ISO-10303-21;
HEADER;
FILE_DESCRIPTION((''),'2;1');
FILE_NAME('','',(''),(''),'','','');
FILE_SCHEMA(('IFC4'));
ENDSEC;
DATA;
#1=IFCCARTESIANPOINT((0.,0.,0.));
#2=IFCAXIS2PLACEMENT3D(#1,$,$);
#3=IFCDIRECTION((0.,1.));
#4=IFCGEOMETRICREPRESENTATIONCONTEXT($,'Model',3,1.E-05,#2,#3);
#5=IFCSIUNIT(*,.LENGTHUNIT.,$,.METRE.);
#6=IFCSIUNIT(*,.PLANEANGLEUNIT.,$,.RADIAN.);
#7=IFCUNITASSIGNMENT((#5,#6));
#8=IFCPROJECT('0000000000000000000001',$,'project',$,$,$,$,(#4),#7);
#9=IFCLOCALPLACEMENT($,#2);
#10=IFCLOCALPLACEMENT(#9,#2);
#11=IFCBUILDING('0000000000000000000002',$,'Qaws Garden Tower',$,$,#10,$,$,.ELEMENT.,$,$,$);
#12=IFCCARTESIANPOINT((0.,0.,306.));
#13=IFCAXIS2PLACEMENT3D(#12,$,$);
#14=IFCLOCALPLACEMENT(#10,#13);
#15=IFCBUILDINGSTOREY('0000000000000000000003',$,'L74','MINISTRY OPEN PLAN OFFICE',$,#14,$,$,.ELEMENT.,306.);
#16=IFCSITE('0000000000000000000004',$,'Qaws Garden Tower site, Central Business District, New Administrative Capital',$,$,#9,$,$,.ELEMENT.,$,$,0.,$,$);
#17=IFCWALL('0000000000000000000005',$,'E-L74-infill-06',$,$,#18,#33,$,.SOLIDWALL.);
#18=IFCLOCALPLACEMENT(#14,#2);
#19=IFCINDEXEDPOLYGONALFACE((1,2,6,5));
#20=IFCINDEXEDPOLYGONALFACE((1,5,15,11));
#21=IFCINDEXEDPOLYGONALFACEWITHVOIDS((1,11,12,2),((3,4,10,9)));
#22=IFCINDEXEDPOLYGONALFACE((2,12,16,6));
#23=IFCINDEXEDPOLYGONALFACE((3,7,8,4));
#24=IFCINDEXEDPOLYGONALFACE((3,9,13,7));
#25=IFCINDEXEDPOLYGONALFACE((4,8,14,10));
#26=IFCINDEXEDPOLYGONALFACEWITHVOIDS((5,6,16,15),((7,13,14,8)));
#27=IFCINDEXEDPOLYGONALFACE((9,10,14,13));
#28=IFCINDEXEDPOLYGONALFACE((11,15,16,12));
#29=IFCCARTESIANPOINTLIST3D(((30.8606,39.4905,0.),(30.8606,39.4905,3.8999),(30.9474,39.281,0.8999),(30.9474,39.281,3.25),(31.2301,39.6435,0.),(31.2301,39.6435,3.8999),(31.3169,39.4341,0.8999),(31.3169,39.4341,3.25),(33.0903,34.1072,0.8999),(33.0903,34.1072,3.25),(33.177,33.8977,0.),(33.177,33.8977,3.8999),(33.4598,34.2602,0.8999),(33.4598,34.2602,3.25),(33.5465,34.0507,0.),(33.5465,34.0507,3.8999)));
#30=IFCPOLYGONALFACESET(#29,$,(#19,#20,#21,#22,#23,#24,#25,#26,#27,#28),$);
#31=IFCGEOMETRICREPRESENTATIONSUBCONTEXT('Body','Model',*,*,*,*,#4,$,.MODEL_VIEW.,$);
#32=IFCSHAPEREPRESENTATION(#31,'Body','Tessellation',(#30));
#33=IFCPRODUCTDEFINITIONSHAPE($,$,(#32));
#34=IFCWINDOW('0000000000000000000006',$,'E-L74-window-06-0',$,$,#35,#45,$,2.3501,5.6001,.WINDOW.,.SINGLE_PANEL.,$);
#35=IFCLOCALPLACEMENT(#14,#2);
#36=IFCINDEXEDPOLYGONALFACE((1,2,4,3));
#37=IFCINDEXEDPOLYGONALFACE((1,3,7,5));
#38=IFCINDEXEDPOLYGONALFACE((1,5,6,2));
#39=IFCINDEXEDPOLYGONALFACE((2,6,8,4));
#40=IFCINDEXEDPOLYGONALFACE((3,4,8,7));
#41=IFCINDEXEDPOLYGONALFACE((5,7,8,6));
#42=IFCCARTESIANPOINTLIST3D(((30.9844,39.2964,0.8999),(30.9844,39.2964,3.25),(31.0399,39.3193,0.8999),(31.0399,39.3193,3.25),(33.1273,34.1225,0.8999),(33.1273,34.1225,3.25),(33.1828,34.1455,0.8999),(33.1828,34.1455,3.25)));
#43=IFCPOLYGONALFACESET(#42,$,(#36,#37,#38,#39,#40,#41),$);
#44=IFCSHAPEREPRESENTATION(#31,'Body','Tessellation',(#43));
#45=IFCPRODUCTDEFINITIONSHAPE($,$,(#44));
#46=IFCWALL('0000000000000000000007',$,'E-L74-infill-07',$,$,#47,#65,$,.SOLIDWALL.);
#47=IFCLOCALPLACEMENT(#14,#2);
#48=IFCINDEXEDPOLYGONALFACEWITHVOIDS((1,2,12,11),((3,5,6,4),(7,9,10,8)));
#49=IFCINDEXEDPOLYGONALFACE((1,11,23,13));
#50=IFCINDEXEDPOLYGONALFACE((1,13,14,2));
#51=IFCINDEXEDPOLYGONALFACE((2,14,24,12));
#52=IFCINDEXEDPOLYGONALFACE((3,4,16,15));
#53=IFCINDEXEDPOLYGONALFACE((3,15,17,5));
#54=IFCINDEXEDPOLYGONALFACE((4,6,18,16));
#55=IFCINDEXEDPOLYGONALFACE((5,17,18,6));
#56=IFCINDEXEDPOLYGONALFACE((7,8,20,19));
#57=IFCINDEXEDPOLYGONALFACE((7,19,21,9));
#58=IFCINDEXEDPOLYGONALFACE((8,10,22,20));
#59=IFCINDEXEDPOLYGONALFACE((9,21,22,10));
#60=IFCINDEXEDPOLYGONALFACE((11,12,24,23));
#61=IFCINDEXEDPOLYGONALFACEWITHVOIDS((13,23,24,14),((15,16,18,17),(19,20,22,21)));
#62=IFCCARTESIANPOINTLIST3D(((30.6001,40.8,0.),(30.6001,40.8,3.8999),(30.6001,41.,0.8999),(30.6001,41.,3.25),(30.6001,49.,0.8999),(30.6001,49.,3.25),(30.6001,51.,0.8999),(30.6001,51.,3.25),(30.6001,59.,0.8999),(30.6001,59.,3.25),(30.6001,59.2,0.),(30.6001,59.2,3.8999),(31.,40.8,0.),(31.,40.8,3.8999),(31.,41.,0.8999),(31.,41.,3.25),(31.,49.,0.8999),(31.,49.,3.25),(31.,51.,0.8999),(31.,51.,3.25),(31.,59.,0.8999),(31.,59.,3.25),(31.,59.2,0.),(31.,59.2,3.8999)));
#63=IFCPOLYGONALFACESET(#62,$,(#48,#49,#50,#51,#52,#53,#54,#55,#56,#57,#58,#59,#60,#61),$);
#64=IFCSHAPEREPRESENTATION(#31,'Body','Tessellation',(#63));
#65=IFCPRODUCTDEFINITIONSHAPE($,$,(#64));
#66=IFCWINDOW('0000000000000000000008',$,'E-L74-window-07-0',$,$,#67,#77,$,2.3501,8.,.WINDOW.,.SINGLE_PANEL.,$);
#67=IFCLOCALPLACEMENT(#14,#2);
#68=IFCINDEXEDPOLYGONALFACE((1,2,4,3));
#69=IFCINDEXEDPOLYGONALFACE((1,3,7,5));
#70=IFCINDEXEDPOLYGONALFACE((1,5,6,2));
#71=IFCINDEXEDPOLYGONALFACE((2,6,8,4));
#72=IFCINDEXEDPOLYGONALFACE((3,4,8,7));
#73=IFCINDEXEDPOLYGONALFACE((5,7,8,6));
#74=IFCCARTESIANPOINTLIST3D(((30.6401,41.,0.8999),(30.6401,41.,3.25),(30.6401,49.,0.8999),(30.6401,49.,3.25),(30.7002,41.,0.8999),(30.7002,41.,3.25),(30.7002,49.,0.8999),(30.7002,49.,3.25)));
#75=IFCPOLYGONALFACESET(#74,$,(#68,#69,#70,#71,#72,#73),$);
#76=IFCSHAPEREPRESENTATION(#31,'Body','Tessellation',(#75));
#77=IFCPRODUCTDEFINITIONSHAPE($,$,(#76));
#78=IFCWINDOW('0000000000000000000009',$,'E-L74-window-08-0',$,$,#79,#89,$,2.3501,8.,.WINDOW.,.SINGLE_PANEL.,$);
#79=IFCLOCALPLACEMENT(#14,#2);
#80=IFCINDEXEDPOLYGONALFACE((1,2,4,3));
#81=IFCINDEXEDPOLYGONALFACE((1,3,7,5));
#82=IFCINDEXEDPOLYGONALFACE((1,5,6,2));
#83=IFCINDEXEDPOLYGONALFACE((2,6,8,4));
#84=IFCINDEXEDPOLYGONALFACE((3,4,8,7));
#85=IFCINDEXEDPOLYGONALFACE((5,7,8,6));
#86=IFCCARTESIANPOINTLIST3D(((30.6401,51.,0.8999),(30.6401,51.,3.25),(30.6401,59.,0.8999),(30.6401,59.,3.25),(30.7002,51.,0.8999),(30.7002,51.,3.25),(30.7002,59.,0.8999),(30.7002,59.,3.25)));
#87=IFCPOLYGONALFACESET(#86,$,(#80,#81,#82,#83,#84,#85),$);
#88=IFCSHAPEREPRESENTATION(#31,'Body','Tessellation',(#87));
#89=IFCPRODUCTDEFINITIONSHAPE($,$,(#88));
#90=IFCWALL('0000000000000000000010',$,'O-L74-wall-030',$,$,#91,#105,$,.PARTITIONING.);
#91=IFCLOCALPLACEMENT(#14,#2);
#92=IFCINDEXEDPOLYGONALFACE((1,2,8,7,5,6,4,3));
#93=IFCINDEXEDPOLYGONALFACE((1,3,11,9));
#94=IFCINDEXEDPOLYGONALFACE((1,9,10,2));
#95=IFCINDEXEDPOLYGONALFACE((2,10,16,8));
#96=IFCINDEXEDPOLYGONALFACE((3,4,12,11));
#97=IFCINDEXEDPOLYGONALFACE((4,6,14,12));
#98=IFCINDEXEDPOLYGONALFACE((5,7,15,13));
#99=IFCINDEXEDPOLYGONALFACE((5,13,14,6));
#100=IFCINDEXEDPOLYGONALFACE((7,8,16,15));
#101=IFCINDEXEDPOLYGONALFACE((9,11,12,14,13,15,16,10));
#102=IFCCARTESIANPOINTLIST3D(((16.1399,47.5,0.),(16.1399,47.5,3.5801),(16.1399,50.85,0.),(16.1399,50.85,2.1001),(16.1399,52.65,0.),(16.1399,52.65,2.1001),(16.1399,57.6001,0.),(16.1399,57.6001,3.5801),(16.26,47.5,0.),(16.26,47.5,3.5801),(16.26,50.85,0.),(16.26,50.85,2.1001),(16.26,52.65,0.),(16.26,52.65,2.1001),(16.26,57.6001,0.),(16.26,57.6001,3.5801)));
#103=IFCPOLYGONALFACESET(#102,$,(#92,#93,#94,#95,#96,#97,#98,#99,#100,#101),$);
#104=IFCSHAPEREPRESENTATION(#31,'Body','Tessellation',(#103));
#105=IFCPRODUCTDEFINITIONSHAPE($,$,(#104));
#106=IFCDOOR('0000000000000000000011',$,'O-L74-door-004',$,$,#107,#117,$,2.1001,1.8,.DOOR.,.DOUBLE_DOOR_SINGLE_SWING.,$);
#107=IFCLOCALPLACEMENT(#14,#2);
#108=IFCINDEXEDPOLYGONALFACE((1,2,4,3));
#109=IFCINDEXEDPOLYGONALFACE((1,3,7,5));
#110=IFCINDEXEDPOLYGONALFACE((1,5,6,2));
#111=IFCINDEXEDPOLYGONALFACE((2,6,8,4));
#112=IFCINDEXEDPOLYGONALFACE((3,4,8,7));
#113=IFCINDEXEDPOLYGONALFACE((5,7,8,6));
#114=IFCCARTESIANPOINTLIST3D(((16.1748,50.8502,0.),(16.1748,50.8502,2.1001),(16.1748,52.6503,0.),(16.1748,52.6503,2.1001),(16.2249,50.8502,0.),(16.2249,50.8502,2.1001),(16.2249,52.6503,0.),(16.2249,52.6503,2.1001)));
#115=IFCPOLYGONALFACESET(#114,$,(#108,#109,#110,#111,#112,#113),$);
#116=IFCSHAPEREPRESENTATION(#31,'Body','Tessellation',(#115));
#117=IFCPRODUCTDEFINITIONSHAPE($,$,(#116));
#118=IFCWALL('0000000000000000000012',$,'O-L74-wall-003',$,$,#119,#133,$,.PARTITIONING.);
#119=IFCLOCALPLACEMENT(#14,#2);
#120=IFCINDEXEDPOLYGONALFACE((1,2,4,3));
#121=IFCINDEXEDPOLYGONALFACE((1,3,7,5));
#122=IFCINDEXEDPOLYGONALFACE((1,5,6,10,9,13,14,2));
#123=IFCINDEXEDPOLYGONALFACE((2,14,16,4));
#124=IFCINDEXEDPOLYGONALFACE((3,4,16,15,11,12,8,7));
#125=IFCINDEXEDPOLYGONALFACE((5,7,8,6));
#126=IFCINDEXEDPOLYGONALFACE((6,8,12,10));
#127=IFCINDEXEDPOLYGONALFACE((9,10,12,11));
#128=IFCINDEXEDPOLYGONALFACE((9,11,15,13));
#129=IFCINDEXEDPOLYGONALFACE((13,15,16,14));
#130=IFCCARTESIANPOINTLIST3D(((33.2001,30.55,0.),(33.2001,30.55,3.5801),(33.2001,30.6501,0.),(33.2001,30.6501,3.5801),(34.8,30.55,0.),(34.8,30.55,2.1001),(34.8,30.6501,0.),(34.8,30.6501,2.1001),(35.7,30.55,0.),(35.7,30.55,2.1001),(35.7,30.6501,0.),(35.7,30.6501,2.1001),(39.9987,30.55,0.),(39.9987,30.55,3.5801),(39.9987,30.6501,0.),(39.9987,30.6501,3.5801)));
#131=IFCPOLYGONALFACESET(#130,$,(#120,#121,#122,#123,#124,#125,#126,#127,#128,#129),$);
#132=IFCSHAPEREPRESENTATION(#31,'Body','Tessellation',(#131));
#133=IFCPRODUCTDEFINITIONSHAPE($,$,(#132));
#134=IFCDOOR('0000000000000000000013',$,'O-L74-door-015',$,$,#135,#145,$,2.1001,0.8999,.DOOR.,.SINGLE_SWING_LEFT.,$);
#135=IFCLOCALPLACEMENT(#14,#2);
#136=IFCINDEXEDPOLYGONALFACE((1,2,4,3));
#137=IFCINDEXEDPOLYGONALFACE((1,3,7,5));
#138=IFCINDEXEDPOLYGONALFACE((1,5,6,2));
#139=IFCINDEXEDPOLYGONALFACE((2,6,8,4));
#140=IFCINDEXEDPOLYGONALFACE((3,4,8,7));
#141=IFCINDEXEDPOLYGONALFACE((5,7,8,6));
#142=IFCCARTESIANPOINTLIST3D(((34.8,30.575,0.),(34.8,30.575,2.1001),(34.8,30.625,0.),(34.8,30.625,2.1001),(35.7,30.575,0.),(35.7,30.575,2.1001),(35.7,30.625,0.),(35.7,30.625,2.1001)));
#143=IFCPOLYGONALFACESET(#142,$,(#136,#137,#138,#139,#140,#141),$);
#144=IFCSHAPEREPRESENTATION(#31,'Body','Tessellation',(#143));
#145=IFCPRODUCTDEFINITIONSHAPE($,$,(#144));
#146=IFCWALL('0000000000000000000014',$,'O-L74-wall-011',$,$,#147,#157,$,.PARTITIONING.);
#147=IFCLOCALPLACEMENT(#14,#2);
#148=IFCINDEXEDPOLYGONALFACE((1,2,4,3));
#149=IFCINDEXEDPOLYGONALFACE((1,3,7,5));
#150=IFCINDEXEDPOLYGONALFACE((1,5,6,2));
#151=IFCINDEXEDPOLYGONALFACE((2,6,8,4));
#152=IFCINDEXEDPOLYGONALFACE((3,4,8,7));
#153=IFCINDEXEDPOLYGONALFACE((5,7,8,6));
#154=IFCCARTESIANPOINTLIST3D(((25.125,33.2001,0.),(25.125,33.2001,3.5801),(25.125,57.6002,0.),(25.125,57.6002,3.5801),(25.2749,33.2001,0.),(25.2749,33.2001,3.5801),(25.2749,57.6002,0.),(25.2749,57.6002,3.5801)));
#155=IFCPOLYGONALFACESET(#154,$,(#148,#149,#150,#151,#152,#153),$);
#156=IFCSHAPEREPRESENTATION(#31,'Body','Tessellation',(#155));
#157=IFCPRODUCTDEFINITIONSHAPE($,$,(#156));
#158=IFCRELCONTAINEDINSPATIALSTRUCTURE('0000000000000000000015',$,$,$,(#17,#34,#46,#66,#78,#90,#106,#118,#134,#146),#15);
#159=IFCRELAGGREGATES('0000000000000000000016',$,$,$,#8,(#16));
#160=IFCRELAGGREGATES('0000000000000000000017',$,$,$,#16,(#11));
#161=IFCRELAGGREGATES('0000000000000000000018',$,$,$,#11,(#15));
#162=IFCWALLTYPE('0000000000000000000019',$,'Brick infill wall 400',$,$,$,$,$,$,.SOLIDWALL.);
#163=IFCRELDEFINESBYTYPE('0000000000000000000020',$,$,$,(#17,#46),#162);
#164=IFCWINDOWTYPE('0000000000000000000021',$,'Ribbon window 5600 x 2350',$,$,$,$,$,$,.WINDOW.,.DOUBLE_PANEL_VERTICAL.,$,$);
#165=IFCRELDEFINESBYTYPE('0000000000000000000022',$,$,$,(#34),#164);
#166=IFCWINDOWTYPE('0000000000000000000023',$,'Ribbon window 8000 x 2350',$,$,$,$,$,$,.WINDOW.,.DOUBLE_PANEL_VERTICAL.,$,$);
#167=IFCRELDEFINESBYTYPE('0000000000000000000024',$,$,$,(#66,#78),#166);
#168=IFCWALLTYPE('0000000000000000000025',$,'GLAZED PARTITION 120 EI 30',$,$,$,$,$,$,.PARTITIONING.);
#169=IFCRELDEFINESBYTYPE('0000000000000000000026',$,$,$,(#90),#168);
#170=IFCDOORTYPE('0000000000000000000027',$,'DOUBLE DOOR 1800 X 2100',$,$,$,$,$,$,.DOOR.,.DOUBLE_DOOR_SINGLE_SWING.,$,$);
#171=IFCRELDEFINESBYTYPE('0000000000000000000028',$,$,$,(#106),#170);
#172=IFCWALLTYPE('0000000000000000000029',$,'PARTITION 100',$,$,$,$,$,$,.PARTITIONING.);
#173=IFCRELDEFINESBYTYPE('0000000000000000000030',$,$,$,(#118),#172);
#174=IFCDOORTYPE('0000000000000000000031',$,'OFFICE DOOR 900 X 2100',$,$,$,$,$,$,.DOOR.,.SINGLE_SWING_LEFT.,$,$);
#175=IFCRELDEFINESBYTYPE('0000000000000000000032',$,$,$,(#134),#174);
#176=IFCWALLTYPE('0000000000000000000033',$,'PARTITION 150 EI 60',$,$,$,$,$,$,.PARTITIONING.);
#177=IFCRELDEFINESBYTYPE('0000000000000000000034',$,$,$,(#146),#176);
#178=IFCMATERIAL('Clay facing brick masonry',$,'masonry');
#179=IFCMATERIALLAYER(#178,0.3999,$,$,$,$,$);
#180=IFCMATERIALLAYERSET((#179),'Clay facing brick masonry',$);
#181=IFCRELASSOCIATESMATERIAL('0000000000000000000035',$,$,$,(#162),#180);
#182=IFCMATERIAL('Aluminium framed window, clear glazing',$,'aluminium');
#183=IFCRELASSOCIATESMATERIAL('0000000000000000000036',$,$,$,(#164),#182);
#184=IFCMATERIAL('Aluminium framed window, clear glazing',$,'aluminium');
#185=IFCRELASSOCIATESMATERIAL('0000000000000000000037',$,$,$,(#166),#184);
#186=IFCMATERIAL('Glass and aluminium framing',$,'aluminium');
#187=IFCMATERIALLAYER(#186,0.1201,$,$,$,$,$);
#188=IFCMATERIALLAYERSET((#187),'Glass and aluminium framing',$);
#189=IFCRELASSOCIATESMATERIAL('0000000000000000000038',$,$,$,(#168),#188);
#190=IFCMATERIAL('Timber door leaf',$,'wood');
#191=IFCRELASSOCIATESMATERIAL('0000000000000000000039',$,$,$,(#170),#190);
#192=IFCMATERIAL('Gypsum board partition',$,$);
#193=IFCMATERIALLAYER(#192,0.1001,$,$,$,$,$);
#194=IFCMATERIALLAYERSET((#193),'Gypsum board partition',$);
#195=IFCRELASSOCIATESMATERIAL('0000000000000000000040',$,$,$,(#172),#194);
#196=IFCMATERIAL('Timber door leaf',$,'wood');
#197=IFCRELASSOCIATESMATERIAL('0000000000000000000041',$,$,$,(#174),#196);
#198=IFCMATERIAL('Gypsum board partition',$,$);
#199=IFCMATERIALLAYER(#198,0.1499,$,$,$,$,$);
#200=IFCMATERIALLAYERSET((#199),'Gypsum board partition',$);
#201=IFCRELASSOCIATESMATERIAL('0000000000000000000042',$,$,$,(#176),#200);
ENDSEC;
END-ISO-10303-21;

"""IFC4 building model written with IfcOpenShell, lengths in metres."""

from ifc_helpers import new_model, si_unit, direction, frame, frame_2d, origin, place, context, subcontext, project, spatial, rectangle, extrude, material, layer, layer_set, type_object, element, fill, save


model = new_model("IFC4")

# Units and contexts
model_context = context("Model", 3, precision=1e-05, world=origin(), true_north=direction((0.0, 1.0)))
body_context = subcontext(model_context, "Body", "Model", "MODEL_VIEW")
ifc_project = project(units=[si_unit("LENGTHUNIT", "METRE"), si_unit("PLANEANGLEUNIT", "RADIAN")], contexts=[model_context])

# Site, building, storey
site_placement = place(None, origin())
site = spatial("IfcSite", under=ifc_project, at=site_placement, Name="Qaws Garden Tower site, Central Business District, New Administrative Capital", CompositionType="ELEMENT", RefElevation=0.0)
building_placement = place(site_placement, origin())
building = spatial("IfcBuilding", under=site, at=building_placement, Name="Qaws Garden Tower", CompositionType="ELEMENT")
storey_placement = place(building_placement, frame((0.0, 0.0, 306.0)))
storey = spatial("IfcBuildingStorey", under=building, at=storey_placement, Name="L74", Description="MINISTRY OPEN PLAN OFFICE", CompositionType="ELEMENT", Elevation=306.0)

# Wall, opening, window
ifc_material_1 = material(Name="Clay facing brick masonry", Category="masonry")
ifc_layer_1 = layer(ifc_material_1, 0.3999)
ifc_layer_set_1 = layer_set([ifc_layer_1], Name="Clay facing brick masonry")
wall_type_1 = type_object("IfcWallType", Name="Brick infill wall 400", PredefinedType="SOLIDWALL", material=ifc_layer_set_1)
ifc_material_2 = material(Name="Aluminium framed window, clear glazing", Category="aluminium")
window_type_1 = type_object("IfcWindowType", Name="Ribbon window 5600 x 2350", PartitioningType="DOUBLE_PANEL_VERTICAL", PredefinedType="WINDOW", material=ifc_material_2)
wall_1_placement = place(storey_placement, frame((33.3618, 33.9741, 0.0), z_axis=(0.0, 0.0, 1.0), x_axis=(-0.382656, 0.923891, 0.0)))
wall_1 = element("IfcWall", 1, at=wall_1_placement, inside=storey, type_object=wall_type_1, Name="E-L74-infill-06", PredefinedType="SOLIDWALL", context=body_context, shape_type="SweptSolid", body=[
    extrude(rectangle(XDim=6.0535, YDim=0.3999, at=frame_2d((3.0269, 0.0))), origin(), (0.0, 0.0, 1.0), 3.8999),
])
opening_1_placement = place(wall_1_placement, frame((0.2268, 0.0, 0.8999)))
opening_1 = element("IfcOpeningElement", 2, at=opening_1_placement, cuts=wall_1, PredefinedType="OPENING", context=body_context, shape_type="SweptSolid", body=[
    extrude(rectangle(XDim=5.6001, YDim=2.3501, at=frame_2d((2.8, 1.175))), frame((0.0, 0.21, 0.0), z_axis=(0.0, -1.0, 0.0), x_axis=(1.0, 0.0, 0.0)), (0.0, 0.0, 1.0), 0.4199),
])
window_1_placement = place(opening_1_placement, origin())
window_1 = element("IfcWindow", 3, at=window_1_placement, inside=storey, type_object=window_type_1, Name="E-L74-window-06-0", OverallHeight=2.3501, OverallWidth=5.6001, PartitioningType="SINGLE_PANEL", PredefinedType="WINDOW", context=body_context, shape_type="SweptSolid", body=[
    extrude(rectangle(XDim=5.6001, YDim=2.3501, at=frame_2d((2.8, 1.175))), frame((0.0, 0.1599, 0.0), z_axis=(0.0, -1.0, 0.0), x_axis=(1.0, 0.0, 0.0)), (0.0, 0.0, 1.0), 0.0601),
])
fill(opening_1, window_1)

# Wall, openings, windows
wall_2_placement = place(storey_placement, frame((30.8, 40.8, 0.0), z_axis=(0.0, 0.0, 1.0), x_axis=(0.0, 1.0, 0.0)))
wall_2 = element("IfcWall", 4, at=wall_2_placement, inside=storey, type_object=wall_type_1, Name="E-L74-infill-07", PredefinedType="SOLIDWALL", context=body_context, shape_type="SweptSolid", body=[
    extrude(rectangle(XDim=18.3999, YDim=0.3999, at=frame_2d((9.2, 0.0))), origin(), (0.0, 0.0, 1.0), 3.8999),
])
opening_2_placement = place(wall_2_placement, frame((0.2, 0.0, 0.8999)))
opening_2 = element("IfcOpeningElement", 5, at=opening_2_placement, cuts=wall_2, PredefinedType="OPENING", context=body_context, shape_type="SweptSolid", body=[
    extrude(rectangle(XDim=8.0, YDim=2.3501, at=frame_2d((4.0, 1.175))), frame((0.0, 0.21, 0.0), z_axis=(0.0, -1.0, 0.0), x_axis=(1.0, 0.0, 0.0)), (0.0, 0.0, 1.0), 0.4199),
])
opening_3_placement = place(wall_2_placement, frame((10.2, 0.0, 0.8999)))
opening_3 = element("IfcOpeningElement", 6, at=opening_3_placement, cuts=wall_2, PredefinedType="OPENING", context=body_context, shape_type="SweptSolid", body=[
    extrude(rectangle(XDim=8.0, YDim=2.3501, at=frame_2d((4.0, 1.175))), frame((0.0, 0.21, 0.0), z_axis=(0.0, -1.0, 0.0), x_axis=(1.0, 0.0, 0.0)), (0.0, 0.0, 1.0), 0.4199),
])
ifc_material_3 = material(Name="Aluminium framed window, clear glazing", Category="aluminium")
window_type_2 = type_object("IfcWindowType", Name="Ribbon window 8000 x 2350", PartitioningType="DOUBLE_PANEL_VERTICAL", PredefinedType="WINDOW", material=ifc_material_3)
window_2_placement = place(opening_2_placement, origin())
window_2 = element("IfcWindow", 7, at=window_2_placement, inside=storey, type_object=window_type_2, Name="E-L74-window-07-0", OverallHeight=2.3501, OverallWidth=8.0, PartitioningType="SINGLE_PANEL", PredefinedType="WINDOW", context=body_context, shape_type="SweptSolid", body=[
    extrude(rectangle(XDim=8.0, YDim=2.3501, at=frame_2d((4.0, 1.175))), frame((0.0, 0.1599, 0.0), z_axis=(0.0, -1.0, 0.0), x_axis=(1.0, 0.0, 0.0)), (0.0, 0.0, 1.0), 0.0601),
])
fill(opening_2, window_2)
window_3_placement = place(opening_3_placement, origin())
window_3 = element("IfcWindow", 8, at=window_3_placement, inside=storey, type_object=window_type_2, Name="E-L74-window-08-0", OverallHeight=2.3501, OverallWidth=8.0, PartitioningType="SINGLE_PANEL", PredefinedType="WINDOW", context=body_context, shape_type="SweptSolid", body=[
    extrude(rectangle(XDim=8.0, YDim=2.3501, at=frame_2d((4.0, 1.175))), frame((0.0, 0.1599, 0.0), z_axis=(0.0, -1.0, 0.0), x_axis=(1.0, 0.0, 0.0)), (0.0, 0.0, 1.0), 0.0601),
])
fill(opening_3, window_3)

# Walls, openings, doors
ifc_material_4 = material(Name="Glass and aluminium framing", Category="aluminium")
ifc_layer_2 = layer(ifc_material_4, 0.1201)
ifc_layer_set_2 = layer_set([ifc_layer_2], Name="Glass and aluminium framing")
wall_type_2 = type_object("IfcWallType", Name="GLAZED PARTITION 120 EI 30", PredefinedType="PARTITIONING", material=ifc_layer_set_2)
wall_3_placement = place(storey_placement, frame((16.2, 47.5, 0.0), z_axis=(0.0, 0.0, 1.0), x_axis=(0.0, 1.0, 0.0)))
wall_3 = element("IfcWall", 9, at=wall_3_placement, inside=storey, type_object=wall_type_2, Name="O-L74-wall-030", PredefinedType="PARTITIONING", context=body_context, shape_type="SweptSolid", body=[
    extrude(rectangle(XDim=10.1001, YDim=0.1201, at=frame_2d((5.05, 0.0))), origin(), (0.0, 0.0, 1.0), 3.5801),
])
opening_4_placement = place(wall_3_placement, frame((3.3501, 0.0, 0.0)))
opening_4 = element("IfcOpeningElement", 10, at=opening_4_placement, cuts=wall_3, PredefinedType="OPENING", context=body_context, shape_type="SweptSolid", body=[
    extrude(rectangle(XDim=1.8, YDim=2.1001, at=frame_2d((0.8999, 1.05))), frame((0.0, 0.0701, 0.0), z_axis=(0.0, -1.0, 0.0), x_axis=(1.0, 0.0, 0.0)), (0.0, 0.0, 1.0), 0.1401),
])
ifc_material_5 = material(Name="Timber door leaf", Category="wood")
door_type_1 = type_object("IfcDoorType", Name="DOUBLE DOOR 1800 X 2100", OperationType="DOUBLE_DOOR_SINGLE_SWING", PredefinedType="DOOR", material=ifc_material_5)
door_1_placement = place(opening_4_placement, frame((1.8, 0.0, 0.0), z_axis=(0.0, 0.0, 1.0), x_axis=(-1.0, 0.0, 0.0)))
door_1 = element("IfcDoor", 11, at=door_1_placement, inside=storey, type_object=door_type_1, Name="O-L74-door-004", OperationType="DOUBLE_DOOR_SINGLE_SWING", OverallHeight=2.1001, OverallWidth=1.8, PredefinedType="DOOR", context=body_context, shape_type="SweptSolid", body=[
    extrude(rectangle(XDim=1.8, YDim=2.1001, at=frame_2d((0.8999, 1.05))), frame((0.0, 0.0249, 0.0), z_axis=(0.0, -1.0, 0.0), x_axis=(1.0, 0.0, 0.0)), (0.0, 0.0, 1.0), 0.05),
])
fill(opening_4, door_1)
ifc_material_6 = material(Name="Gypsum board partition")
ifc_layer_3 = layer(ifc_material_6, 0.1001)
ifc_layer_set_3 = layer_set([ifc_layer_3], Name="Gypsum board partition")
wall_type_3 = type_object("IfcWallType", Name="PARTITION 100", PredefinedType="PARTITIONING", material=ifc_layer_set_3)
wall_4_placement = place(storey_placement, frame((33.2, 30.6001, 0.0), z_axis=(0.0, 0.0, 1.0), x_axis=(1.0, 0.0, 0.0)))
wall_4 = element("IfcWall", 12, at=wall_4_placement, inside=storey, type_object=wall_type_3, Name="O-L74-wall-003", PredefinedType="PARTITIONING", context=body_context, shape_type="SweptSolid", body=[
    extrude(rectangle(XDim=6.7986, YDim=0.1001, at=frame_2d((3.3994, 0.0))), origin(), (0.0, 0.0, 1.0), 3.5801),
])
opening_5_placement = place(wall_4_placement, frame((1.6001, 0.0, 0.0)))
opening_5 = element("IfcOpeningElement", 13, at=opening_5_placement, cuts=wall_4, PredefinedType="OPENING", context=body_context, shape_type="SweptSolid", body=[
    extrude(rectangle(XDim=0.8999, YDim=2.1001, at=frame_2d((0.45, 1.05))), frame((0.0, 0.0601, 0.0), z_axis=(0.0, -1.0, 0.0), x_axis=(1.0, 0.0, 0.0)), (0.0, 0.0, 1.0), 0.1201),
])
ifc_material_7 = material(Name="Timber door leaf", Category="wood")
door_type_2 = type_object("IfcDoorType", Name="OFFICE DOOR 900 X 2100", OperationType="SINGLE_SWING_LEFT", PredefinedType="DOOR", material=ifc_material_7)
door_2_placement = place(opening_5_placement, origin())
door_2 = element("IfcDoor", 14, at=door_2_placement, inside=storey, type_object=door_type_2, Name="O-L74-door-015", OperationType="SINGLE_SWING_LEFT", OverallHeight=2.1001, OverallWidth=0.8999, PredefinedType="DOOR", context=body_context, shape_type="SweptSolid", body=[
    extrude(rectangle(XDim=0.8999, YDim=2.1001, at=frame_2d((0.45, 1.05))), frame((0.0, 0.0249, 0.0), z_axis=(0.0, -1.0, 0.0), x_axis=(1.0, 0.0, 0.0)), (0.0, 0.0, 1.0), 0.05),
])
fill(opening_5, door_2)

# Wall
ifc_material_8 = material(Name="Gypsum board partition")
ifc_layer_4 = layer(ifc_material_8, 0.1499)
ifc_layer_set_4 = layer_set([ifc_layer_4], Name="Gypsum board partition")
wall_type_4 = type_object("IfcWallType", Name="PARTITION 150 EI 60", PredefinedType="PARTITIONING", material=ifc_layer_set_4)
wall_5_placement = place(storey_placement, frame((25.2, 33.2, 0.0), z_axis=(0.0, 0.0, 1.0), x_axis=(0.0, 1.0, 0.0)))
element("IfcWall", 15, at=wall_5_placement, inside=storey, type_object=wall_type_4, Name="O-L74-wall-011", PredefinedType="PARTITIONING", context=body_context, shape_type="SweptSolid", body=[
    extrude(rectangle(XDim=24.4001, YDim=0.1499, at=frame_2d((12.2002, 0.0))), origin(), (0.0, 0.0, 1.0), 3.5801),
])

save(model, "model.ifc")
